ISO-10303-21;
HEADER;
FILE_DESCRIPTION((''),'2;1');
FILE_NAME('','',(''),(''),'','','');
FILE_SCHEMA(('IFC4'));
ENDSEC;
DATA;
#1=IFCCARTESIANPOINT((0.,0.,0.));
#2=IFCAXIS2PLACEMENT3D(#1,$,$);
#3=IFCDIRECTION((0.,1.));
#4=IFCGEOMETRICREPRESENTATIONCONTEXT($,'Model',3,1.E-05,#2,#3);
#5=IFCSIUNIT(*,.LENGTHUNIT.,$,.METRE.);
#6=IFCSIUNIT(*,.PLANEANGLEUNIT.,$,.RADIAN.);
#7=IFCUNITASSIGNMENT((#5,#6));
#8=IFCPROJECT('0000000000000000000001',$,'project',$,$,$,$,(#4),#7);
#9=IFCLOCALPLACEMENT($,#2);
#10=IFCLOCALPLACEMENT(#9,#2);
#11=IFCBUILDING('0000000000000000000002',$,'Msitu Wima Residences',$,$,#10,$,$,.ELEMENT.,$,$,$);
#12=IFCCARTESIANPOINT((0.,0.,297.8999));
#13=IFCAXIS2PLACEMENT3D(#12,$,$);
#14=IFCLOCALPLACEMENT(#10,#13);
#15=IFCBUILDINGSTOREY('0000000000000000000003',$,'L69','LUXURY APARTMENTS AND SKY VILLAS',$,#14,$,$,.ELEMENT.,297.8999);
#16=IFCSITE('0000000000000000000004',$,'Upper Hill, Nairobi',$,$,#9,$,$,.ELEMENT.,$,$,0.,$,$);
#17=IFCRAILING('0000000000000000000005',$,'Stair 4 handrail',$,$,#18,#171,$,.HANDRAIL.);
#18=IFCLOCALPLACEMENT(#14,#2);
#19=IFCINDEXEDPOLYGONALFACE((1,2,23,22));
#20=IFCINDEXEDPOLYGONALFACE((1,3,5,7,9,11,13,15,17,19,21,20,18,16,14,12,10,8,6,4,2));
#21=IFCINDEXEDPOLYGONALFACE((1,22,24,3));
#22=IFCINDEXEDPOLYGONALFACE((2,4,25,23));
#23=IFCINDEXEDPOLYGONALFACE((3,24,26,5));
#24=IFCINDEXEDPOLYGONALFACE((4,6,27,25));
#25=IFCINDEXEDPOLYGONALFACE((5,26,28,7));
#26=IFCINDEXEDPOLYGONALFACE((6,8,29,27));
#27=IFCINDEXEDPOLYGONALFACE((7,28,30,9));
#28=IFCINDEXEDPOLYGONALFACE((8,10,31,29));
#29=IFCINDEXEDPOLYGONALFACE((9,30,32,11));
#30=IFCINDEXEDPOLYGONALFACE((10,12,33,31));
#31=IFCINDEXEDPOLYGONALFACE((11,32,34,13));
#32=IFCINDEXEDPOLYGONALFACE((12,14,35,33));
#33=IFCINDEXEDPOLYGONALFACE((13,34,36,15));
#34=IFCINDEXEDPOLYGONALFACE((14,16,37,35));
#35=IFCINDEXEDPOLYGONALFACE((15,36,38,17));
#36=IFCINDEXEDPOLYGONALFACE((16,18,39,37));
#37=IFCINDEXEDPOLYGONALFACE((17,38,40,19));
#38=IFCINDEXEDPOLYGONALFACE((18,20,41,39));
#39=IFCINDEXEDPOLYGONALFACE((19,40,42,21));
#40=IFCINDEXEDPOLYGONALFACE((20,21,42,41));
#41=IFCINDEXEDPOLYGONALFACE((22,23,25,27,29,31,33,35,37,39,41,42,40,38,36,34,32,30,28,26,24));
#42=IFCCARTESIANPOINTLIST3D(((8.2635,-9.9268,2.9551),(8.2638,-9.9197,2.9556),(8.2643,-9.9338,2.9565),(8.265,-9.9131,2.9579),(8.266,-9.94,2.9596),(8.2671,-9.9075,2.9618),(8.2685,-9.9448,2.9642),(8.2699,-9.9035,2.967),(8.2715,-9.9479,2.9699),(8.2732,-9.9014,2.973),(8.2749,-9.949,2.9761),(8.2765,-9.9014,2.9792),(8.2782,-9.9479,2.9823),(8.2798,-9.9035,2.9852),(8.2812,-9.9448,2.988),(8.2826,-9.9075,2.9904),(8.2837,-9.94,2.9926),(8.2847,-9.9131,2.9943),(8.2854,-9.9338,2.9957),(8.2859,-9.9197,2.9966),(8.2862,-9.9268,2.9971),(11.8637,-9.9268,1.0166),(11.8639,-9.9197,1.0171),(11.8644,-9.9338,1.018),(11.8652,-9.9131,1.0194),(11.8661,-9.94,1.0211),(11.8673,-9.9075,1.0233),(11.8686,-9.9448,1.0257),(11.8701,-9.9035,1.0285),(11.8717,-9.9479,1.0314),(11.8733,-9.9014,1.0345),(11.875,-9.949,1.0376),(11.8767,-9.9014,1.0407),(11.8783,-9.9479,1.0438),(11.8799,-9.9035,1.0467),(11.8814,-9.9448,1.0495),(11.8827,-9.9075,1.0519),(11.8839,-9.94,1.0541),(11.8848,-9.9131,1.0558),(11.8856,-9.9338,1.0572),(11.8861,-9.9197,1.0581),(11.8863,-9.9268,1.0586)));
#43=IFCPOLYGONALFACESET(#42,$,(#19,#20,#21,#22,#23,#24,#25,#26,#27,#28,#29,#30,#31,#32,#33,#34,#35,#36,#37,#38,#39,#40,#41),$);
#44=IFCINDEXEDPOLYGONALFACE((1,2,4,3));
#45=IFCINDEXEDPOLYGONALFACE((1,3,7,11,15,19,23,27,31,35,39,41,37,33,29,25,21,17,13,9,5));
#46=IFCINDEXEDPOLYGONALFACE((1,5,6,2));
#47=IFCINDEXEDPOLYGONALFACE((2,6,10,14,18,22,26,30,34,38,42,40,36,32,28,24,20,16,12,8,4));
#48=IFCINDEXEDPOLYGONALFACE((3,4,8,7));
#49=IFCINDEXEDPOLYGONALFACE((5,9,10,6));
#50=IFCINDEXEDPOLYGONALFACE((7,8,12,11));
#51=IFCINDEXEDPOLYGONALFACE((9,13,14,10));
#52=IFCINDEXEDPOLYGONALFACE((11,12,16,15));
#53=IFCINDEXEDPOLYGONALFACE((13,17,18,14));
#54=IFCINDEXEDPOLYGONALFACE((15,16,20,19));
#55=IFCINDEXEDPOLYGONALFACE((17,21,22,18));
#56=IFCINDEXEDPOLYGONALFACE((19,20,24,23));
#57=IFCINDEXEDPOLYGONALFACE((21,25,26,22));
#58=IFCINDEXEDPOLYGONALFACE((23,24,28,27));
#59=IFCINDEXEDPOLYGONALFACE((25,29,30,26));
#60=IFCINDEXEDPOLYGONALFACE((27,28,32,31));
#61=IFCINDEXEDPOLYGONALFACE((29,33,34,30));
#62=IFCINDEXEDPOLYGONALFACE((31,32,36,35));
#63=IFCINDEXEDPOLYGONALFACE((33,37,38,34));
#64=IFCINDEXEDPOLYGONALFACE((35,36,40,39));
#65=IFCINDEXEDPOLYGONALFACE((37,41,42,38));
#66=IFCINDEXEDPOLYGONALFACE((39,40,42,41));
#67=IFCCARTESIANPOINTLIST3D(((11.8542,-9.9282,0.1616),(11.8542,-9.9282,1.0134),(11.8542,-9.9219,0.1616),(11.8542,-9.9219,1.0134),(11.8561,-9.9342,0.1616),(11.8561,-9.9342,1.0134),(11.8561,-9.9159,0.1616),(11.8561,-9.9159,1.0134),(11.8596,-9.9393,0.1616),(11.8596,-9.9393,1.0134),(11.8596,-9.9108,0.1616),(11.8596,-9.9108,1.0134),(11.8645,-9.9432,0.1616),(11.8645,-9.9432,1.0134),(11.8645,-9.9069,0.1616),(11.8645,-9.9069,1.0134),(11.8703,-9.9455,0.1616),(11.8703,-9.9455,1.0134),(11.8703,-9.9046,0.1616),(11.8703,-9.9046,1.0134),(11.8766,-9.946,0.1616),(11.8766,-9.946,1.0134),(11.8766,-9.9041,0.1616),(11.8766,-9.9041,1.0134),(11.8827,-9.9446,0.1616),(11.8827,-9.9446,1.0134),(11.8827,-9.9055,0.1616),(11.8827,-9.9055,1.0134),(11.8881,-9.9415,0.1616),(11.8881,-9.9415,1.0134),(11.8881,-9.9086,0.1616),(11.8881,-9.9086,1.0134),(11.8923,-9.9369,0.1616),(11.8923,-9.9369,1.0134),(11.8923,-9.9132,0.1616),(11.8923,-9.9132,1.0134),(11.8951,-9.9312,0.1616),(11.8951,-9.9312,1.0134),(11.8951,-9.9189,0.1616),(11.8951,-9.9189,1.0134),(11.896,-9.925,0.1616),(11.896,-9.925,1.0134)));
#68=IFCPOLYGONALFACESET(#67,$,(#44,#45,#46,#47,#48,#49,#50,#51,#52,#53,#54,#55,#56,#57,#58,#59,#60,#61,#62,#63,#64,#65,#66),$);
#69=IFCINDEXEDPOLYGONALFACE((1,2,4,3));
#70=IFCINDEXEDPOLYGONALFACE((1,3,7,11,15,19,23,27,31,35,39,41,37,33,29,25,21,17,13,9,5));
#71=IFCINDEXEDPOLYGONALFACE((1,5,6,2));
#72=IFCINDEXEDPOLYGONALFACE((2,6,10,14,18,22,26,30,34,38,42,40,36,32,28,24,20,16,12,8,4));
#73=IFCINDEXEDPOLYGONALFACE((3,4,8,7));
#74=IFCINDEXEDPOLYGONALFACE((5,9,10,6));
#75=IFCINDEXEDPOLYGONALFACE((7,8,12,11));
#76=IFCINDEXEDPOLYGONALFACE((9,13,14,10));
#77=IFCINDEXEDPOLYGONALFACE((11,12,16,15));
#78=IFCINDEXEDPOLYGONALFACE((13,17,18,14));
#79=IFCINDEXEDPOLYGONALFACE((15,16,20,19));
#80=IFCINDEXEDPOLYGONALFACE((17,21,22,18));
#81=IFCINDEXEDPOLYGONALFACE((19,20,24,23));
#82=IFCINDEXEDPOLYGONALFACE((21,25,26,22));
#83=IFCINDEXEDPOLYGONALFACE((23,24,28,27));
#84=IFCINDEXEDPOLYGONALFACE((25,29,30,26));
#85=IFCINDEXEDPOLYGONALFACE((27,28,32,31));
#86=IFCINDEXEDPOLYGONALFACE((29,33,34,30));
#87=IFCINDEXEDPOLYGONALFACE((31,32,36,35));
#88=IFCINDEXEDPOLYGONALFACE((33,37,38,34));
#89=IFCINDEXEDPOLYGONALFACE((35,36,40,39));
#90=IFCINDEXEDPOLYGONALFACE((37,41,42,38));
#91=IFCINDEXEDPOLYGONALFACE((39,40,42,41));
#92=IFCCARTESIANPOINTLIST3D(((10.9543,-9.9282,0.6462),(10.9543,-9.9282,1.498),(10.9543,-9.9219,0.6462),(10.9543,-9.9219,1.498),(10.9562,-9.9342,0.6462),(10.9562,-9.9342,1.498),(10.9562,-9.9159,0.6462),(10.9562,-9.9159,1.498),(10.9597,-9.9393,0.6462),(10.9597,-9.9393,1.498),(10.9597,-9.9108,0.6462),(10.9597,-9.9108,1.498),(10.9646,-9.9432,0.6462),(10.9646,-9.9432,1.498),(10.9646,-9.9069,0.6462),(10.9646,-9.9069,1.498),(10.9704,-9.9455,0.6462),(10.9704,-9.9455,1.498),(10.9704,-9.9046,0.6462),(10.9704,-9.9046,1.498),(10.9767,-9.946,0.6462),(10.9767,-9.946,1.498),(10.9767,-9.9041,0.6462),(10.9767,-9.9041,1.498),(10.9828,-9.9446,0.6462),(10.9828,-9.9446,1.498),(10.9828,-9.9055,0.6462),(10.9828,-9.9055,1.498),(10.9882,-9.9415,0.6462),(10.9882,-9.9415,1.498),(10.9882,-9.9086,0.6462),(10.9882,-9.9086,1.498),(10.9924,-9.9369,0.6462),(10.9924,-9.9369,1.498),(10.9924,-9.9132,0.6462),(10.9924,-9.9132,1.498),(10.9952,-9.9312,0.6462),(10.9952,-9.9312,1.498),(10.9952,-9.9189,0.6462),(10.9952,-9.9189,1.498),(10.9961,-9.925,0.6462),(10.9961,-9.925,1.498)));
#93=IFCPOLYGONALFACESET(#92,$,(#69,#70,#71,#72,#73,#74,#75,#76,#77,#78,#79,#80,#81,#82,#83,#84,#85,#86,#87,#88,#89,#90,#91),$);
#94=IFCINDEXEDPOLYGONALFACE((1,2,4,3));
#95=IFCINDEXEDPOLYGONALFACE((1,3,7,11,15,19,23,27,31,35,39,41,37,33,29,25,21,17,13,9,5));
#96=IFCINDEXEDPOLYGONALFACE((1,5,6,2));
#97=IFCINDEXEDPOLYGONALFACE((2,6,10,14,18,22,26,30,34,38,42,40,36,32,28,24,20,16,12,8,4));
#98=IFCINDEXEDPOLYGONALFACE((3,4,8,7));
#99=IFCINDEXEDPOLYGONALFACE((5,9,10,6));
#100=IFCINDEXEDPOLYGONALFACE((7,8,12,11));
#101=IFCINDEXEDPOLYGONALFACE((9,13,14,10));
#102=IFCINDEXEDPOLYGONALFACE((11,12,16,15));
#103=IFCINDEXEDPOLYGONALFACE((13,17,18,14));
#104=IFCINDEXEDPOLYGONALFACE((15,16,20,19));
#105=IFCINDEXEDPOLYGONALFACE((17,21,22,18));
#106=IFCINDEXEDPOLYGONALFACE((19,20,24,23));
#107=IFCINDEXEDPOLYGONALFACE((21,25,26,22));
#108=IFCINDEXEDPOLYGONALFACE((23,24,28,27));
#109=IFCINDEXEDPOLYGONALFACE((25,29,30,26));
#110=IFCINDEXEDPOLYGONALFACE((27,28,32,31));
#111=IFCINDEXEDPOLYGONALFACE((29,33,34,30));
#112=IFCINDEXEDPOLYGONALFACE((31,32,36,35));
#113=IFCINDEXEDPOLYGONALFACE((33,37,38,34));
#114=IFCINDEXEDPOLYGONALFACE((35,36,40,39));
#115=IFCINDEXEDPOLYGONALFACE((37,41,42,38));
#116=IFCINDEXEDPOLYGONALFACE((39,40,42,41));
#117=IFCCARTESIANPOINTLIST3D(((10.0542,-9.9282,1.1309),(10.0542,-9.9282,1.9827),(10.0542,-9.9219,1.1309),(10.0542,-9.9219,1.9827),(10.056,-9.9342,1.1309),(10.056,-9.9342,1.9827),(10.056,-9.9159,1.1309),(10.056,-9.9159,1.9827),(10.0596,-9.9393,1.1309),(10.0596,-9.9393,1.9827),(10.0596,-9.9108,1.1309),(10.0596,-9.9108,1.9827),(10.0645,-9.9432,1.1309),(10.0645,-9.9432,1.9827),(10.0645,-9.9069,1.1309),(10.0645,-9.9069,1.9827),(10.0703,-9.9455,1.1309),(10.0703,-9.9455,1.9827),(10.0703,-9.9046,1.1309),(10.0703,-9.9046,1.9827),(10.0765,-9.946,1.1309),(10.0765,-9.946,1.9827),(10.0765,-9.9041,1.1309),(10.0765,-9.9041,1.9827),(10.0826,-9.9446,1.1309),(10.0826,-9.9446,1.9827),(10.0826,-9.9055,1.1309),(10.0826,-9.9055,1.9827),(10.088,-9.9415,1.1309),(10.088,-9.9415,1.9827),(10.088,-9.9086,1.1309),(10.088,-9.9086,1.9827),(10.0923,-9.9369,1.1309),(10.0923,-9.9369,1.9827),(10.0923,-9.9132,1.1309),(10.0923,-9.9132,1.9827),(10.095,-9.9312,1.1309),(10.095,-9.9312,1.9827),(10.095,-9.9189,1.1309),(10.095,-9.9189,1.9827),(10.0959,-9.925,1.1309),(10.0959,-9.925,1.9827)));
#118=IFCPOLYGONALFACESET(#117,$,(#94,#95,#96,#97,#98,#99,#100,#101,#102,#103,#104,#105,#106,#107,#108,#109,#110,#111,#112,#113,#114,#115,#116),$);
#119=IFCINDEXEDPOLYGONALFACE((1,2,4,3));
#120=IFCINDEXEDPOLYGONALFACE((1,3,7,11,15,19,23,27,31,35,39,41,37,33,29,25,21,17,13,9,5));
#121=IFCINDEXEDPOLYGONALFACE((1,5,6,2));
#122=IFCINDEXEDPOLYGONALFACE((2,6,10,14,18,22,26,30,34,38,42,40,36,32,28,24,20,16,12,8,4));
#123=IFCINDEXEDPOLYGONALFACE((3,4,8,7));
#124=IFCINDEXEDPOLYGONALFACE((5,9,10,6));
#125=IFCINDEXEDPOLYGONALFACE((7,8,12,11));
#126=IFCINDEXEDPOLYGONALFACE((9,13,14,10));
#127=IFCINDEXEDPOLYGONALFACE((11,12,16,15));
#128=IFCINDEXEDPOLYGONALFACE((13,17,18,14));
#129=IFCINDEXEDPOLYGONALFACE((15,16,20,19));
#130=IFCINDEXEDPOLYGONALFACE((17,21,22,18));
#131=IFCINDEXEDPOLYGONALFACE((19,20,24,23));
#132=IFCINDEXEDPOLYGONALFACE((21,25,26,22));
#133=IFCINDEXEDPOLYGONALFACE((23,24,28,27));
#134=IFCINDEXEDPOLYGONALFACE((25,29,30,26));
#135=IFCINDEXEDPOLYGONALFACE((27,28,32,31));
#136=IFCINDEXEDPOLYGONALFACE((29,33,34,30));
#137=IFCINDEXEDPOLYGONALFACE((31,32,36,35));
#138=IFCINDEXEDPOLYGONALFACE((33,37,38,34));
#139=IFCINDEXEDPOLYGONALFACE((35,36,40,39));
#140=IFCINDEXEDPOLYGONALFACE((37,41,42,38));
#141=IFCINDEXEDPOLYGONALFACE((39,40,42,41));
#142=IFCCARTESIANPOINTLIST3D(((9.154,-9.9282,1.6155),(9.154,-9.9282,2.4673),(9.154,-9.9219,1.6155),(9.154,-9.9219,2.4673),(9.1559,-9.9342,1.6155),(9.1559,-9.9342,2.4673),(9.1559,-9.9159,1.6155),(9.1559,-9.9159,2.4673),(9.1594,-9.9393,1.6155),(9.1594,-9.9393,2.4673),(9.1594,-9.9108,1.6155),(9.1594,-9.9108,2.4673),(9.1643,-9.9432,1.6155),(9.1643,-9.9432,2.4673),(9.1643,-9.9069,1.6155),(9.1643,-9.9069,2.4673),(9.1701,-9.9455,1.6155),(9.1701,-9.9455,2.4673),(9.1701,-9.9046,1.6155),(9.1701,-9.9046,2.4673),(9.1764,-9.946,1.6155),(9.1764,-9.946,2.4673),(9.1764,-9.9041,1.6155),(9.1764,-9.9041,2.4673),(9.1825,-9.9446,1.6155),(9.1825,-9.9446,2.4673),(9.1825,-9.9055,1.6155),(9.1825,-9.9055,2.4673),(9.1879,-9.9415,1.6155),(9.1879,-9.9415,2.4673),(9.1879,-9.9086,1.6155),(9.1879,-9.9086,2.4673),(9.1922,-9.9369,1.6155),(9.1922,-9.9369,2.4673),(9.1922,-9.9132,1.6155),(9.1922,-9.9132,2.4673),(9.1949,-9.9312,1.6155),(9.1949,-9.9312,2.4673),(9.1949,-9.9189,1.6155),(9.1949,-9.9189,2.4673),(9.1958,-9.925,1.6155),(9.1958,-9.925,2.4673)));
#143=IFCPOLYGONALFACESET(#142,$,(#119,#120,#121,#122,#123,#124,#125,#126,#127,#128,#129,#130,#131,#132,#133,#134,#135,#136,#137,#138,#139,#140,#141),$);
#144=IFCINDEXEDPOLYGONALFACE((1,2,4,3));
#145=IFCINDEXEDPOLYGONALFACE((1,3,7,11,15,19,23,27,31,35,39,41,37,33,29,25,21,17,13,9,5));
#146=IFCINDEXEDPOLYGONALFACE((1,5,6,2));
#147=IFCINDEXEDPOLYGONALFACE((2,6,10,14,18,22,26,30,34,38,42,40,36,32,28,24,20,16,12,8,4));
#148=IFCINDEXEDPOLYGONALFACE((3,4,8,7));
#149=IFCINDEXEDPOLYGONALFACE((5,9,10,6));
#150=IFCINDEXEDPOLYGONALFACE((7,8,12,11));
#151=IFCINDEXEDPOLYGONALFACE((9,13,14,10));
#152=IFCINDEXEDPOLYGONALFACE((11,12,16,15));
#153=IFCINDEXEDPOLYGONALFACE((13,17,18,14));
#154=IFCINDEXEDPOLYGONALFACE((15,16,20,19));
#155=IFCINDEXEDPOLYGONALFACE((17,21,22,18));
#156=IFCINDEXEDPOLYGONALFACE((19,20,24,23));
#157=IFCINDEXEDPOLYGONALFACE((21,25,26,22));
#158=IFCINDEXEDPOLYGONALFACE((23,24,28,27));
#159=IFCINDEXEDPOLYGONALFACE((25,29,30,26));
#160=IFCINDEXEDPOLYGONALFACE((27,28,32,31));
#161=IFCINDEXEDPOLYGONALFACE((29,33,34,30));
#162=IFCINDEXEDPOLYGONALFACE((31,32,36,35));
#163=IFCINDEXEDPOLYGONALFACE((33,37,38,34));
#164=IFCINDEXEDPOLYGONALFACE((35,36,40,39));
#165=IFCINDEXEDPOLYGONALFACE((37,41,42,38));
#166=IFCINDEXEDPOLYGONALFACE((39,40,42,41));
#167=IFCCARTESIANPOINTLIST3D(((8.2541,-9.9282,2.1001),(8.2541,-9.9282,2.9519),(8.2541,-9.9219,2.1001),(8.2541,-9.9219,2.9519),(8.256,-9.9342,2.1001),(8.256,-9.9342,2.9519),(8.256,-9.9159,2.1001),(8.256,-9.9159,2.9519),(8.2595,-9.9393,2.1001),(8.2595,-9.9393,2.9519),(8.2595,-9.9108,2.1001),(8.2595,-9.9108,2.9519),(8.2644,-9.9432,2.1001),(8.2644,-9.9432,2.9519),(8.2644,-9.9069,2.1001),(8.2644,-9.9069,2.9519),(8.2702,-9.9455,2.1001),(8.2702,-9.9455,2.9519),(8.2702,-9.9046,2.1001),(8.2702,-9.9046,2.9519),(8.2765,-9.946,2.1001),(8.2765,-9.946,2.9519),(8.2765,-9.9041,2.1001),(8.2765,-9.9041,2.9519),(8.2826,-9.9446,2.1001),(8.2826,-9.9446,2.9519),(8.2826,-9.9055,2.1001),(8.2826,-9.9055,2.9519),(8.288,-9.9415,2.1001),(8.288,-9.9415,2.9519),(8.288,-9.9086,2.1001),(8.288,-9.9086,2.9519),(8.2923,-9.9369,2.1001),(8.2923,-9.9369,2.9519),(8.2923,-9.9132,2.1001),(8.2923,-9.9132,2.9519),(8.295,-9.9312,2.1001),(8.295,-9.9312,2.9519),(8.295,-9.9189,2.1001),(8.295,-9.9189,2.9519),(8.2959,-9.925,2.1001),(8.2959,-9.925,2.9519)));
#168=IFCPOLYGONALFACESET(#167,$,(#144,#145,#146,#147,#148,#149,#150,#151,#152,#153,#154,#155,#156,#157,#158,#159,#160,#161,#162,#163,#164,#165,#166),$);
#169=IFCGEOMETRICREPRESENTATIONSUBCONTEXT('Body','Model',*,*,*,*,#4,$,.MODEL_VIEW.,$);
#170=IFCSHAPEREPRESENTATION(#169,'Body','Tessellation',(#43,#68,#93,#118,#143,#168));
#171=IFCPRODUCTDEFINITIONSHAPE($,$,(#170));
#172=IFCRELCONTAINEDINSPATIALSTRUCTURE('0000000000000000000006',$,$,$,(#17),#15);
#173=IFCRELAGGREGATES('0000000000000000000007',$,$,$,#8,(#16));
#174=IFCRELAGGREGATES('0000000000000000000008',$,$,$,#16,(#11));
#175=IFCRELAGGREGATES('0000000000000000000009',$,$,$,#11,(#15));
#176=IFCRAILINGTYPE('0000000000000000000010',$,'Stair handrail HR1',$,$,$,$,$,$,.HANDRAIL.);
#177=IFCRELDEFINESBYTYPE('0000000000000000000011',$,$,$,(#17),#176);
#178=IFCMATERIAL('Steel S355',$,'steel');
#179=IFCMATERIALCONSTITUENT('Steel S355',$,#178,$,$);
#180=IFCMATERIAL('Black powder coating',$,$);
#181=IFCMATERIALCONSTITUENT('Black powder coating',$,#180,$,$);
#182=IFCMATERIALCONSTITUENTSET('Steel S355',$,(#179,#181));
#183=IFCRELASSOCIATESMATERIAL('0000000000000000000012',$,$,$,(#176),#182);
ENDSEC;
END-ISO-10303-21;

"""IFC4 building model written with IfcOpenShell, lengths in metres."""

from ifc_helpers import new_model, si_unit, direction, frame, origin, origin_2d, place, context, subcontext, project, spatial, circle, extrude, material, constituent, constituent_set, type_object, element, save


model = new_model("IFC4")

# Units and contexts
model_context = context("Model", 3, precision=1e-05, world=origin(), true_north=direction((0.0, 1.0)))
body_context = subcontext(model_context, "Body", "Model", "MODEL_VIEW")
ifc_project = project(units=[si_unit("LENGTHUNIT", "METRE"), si_unit("PLANEANGLEUNIT", "RADIAN")], contexts=[model_context])

# Site, building, storey
site_placement = place(None, origin())
site = spatial("IfcSite", under=ifc_project, at=site_placement, Name="Upper Hill, Nairobi", CompositionType="ELEMENT", RefElevation=0.0)
building_placement = place(site_placement, origin())
building = spatial("IfcBuilding", under=site, at=building_placement, Name="Msitu Wima Residences", CompositionType="ELEMENT")
storey_placement = place(building_placement, frame((0.0, 0.0, 297.8999)))
storey = spatial("IfcBuildingStorey", under=building, at=storey_placement, Name="L69", Description="LUXURY APARTMENTS AND SKY VILLAS", CompositionType="ELEMENT", Elevation=297.8999)

# Railing
ifc_material_1 = material(Name="Steel S355", Category="steel")
ifc_constituent_1 = constituent(ifc_material_1, Name="Steel S355")
ifc_material_2 = material(Name="Black powder coating")
ifc_constituent_2 = constituent(ifc_material_2, Name="Black powder coating")
ifc_constituent_set = constituent_set(constituents=[ifc_constituent_1, ifc_constituent_2], Name="Steel S355")
railing_type = type_object("IfcRailingType", Name="Stair handrail HR1", PredefinedType="HANDRAIL", material=ifc_constituent_set)
for number, where, name in (
    (1, (11.875, -9.925, 0.1616), "Stair 4 handrail"),
):
    element("IfcRailing", number, at=place(storey_placement, frame(where)), inside=storey, type_object=railing_type, Name=name, PredefinedType="HANDRAIL", context=body_context, shape_type="SweptSolid", body=[
        extrude(circle(Radius=0.0239, at=origin_2d()), frame((0.0, 0.0, 0.876), z_axis=(-0.880475, 0.0, 0.474093), x_axis=(0.0, -1.0, 0.0)), (0.0, 0.0, 1.0), 4.0889),
        extrude(circle(Radius=0.021, at=origin_2d()), origin(), (0.0, 0.0, 1.0), 0.8518),
        extrude(circle(Radius=0.021, at=origin_2d()), frame((-0.8999, 0.0, 0.4846)), (0.0, 0.0, 1.0), 0.8518),
        extrude(circle(Radius=0.021, at=origin_2d()), frame((-1.8, 0.0, 0.9692)), (0.0, 0.0, 1.0), 0.8518),
        extrude(circle(Radius=0.021, at=origin_2d()), frame((-2.7002, 0.0, 1.4539)), (0.0, 0.0, 1.0), 0.8518),
        extrude(circle(Radius=0.021, at=origin_2d()), frame((-3.6001, 0.0, 1.9385)), (0.0, 0.0, 1.0), 0.8518),
    ])

save(model, "model.ifc")
